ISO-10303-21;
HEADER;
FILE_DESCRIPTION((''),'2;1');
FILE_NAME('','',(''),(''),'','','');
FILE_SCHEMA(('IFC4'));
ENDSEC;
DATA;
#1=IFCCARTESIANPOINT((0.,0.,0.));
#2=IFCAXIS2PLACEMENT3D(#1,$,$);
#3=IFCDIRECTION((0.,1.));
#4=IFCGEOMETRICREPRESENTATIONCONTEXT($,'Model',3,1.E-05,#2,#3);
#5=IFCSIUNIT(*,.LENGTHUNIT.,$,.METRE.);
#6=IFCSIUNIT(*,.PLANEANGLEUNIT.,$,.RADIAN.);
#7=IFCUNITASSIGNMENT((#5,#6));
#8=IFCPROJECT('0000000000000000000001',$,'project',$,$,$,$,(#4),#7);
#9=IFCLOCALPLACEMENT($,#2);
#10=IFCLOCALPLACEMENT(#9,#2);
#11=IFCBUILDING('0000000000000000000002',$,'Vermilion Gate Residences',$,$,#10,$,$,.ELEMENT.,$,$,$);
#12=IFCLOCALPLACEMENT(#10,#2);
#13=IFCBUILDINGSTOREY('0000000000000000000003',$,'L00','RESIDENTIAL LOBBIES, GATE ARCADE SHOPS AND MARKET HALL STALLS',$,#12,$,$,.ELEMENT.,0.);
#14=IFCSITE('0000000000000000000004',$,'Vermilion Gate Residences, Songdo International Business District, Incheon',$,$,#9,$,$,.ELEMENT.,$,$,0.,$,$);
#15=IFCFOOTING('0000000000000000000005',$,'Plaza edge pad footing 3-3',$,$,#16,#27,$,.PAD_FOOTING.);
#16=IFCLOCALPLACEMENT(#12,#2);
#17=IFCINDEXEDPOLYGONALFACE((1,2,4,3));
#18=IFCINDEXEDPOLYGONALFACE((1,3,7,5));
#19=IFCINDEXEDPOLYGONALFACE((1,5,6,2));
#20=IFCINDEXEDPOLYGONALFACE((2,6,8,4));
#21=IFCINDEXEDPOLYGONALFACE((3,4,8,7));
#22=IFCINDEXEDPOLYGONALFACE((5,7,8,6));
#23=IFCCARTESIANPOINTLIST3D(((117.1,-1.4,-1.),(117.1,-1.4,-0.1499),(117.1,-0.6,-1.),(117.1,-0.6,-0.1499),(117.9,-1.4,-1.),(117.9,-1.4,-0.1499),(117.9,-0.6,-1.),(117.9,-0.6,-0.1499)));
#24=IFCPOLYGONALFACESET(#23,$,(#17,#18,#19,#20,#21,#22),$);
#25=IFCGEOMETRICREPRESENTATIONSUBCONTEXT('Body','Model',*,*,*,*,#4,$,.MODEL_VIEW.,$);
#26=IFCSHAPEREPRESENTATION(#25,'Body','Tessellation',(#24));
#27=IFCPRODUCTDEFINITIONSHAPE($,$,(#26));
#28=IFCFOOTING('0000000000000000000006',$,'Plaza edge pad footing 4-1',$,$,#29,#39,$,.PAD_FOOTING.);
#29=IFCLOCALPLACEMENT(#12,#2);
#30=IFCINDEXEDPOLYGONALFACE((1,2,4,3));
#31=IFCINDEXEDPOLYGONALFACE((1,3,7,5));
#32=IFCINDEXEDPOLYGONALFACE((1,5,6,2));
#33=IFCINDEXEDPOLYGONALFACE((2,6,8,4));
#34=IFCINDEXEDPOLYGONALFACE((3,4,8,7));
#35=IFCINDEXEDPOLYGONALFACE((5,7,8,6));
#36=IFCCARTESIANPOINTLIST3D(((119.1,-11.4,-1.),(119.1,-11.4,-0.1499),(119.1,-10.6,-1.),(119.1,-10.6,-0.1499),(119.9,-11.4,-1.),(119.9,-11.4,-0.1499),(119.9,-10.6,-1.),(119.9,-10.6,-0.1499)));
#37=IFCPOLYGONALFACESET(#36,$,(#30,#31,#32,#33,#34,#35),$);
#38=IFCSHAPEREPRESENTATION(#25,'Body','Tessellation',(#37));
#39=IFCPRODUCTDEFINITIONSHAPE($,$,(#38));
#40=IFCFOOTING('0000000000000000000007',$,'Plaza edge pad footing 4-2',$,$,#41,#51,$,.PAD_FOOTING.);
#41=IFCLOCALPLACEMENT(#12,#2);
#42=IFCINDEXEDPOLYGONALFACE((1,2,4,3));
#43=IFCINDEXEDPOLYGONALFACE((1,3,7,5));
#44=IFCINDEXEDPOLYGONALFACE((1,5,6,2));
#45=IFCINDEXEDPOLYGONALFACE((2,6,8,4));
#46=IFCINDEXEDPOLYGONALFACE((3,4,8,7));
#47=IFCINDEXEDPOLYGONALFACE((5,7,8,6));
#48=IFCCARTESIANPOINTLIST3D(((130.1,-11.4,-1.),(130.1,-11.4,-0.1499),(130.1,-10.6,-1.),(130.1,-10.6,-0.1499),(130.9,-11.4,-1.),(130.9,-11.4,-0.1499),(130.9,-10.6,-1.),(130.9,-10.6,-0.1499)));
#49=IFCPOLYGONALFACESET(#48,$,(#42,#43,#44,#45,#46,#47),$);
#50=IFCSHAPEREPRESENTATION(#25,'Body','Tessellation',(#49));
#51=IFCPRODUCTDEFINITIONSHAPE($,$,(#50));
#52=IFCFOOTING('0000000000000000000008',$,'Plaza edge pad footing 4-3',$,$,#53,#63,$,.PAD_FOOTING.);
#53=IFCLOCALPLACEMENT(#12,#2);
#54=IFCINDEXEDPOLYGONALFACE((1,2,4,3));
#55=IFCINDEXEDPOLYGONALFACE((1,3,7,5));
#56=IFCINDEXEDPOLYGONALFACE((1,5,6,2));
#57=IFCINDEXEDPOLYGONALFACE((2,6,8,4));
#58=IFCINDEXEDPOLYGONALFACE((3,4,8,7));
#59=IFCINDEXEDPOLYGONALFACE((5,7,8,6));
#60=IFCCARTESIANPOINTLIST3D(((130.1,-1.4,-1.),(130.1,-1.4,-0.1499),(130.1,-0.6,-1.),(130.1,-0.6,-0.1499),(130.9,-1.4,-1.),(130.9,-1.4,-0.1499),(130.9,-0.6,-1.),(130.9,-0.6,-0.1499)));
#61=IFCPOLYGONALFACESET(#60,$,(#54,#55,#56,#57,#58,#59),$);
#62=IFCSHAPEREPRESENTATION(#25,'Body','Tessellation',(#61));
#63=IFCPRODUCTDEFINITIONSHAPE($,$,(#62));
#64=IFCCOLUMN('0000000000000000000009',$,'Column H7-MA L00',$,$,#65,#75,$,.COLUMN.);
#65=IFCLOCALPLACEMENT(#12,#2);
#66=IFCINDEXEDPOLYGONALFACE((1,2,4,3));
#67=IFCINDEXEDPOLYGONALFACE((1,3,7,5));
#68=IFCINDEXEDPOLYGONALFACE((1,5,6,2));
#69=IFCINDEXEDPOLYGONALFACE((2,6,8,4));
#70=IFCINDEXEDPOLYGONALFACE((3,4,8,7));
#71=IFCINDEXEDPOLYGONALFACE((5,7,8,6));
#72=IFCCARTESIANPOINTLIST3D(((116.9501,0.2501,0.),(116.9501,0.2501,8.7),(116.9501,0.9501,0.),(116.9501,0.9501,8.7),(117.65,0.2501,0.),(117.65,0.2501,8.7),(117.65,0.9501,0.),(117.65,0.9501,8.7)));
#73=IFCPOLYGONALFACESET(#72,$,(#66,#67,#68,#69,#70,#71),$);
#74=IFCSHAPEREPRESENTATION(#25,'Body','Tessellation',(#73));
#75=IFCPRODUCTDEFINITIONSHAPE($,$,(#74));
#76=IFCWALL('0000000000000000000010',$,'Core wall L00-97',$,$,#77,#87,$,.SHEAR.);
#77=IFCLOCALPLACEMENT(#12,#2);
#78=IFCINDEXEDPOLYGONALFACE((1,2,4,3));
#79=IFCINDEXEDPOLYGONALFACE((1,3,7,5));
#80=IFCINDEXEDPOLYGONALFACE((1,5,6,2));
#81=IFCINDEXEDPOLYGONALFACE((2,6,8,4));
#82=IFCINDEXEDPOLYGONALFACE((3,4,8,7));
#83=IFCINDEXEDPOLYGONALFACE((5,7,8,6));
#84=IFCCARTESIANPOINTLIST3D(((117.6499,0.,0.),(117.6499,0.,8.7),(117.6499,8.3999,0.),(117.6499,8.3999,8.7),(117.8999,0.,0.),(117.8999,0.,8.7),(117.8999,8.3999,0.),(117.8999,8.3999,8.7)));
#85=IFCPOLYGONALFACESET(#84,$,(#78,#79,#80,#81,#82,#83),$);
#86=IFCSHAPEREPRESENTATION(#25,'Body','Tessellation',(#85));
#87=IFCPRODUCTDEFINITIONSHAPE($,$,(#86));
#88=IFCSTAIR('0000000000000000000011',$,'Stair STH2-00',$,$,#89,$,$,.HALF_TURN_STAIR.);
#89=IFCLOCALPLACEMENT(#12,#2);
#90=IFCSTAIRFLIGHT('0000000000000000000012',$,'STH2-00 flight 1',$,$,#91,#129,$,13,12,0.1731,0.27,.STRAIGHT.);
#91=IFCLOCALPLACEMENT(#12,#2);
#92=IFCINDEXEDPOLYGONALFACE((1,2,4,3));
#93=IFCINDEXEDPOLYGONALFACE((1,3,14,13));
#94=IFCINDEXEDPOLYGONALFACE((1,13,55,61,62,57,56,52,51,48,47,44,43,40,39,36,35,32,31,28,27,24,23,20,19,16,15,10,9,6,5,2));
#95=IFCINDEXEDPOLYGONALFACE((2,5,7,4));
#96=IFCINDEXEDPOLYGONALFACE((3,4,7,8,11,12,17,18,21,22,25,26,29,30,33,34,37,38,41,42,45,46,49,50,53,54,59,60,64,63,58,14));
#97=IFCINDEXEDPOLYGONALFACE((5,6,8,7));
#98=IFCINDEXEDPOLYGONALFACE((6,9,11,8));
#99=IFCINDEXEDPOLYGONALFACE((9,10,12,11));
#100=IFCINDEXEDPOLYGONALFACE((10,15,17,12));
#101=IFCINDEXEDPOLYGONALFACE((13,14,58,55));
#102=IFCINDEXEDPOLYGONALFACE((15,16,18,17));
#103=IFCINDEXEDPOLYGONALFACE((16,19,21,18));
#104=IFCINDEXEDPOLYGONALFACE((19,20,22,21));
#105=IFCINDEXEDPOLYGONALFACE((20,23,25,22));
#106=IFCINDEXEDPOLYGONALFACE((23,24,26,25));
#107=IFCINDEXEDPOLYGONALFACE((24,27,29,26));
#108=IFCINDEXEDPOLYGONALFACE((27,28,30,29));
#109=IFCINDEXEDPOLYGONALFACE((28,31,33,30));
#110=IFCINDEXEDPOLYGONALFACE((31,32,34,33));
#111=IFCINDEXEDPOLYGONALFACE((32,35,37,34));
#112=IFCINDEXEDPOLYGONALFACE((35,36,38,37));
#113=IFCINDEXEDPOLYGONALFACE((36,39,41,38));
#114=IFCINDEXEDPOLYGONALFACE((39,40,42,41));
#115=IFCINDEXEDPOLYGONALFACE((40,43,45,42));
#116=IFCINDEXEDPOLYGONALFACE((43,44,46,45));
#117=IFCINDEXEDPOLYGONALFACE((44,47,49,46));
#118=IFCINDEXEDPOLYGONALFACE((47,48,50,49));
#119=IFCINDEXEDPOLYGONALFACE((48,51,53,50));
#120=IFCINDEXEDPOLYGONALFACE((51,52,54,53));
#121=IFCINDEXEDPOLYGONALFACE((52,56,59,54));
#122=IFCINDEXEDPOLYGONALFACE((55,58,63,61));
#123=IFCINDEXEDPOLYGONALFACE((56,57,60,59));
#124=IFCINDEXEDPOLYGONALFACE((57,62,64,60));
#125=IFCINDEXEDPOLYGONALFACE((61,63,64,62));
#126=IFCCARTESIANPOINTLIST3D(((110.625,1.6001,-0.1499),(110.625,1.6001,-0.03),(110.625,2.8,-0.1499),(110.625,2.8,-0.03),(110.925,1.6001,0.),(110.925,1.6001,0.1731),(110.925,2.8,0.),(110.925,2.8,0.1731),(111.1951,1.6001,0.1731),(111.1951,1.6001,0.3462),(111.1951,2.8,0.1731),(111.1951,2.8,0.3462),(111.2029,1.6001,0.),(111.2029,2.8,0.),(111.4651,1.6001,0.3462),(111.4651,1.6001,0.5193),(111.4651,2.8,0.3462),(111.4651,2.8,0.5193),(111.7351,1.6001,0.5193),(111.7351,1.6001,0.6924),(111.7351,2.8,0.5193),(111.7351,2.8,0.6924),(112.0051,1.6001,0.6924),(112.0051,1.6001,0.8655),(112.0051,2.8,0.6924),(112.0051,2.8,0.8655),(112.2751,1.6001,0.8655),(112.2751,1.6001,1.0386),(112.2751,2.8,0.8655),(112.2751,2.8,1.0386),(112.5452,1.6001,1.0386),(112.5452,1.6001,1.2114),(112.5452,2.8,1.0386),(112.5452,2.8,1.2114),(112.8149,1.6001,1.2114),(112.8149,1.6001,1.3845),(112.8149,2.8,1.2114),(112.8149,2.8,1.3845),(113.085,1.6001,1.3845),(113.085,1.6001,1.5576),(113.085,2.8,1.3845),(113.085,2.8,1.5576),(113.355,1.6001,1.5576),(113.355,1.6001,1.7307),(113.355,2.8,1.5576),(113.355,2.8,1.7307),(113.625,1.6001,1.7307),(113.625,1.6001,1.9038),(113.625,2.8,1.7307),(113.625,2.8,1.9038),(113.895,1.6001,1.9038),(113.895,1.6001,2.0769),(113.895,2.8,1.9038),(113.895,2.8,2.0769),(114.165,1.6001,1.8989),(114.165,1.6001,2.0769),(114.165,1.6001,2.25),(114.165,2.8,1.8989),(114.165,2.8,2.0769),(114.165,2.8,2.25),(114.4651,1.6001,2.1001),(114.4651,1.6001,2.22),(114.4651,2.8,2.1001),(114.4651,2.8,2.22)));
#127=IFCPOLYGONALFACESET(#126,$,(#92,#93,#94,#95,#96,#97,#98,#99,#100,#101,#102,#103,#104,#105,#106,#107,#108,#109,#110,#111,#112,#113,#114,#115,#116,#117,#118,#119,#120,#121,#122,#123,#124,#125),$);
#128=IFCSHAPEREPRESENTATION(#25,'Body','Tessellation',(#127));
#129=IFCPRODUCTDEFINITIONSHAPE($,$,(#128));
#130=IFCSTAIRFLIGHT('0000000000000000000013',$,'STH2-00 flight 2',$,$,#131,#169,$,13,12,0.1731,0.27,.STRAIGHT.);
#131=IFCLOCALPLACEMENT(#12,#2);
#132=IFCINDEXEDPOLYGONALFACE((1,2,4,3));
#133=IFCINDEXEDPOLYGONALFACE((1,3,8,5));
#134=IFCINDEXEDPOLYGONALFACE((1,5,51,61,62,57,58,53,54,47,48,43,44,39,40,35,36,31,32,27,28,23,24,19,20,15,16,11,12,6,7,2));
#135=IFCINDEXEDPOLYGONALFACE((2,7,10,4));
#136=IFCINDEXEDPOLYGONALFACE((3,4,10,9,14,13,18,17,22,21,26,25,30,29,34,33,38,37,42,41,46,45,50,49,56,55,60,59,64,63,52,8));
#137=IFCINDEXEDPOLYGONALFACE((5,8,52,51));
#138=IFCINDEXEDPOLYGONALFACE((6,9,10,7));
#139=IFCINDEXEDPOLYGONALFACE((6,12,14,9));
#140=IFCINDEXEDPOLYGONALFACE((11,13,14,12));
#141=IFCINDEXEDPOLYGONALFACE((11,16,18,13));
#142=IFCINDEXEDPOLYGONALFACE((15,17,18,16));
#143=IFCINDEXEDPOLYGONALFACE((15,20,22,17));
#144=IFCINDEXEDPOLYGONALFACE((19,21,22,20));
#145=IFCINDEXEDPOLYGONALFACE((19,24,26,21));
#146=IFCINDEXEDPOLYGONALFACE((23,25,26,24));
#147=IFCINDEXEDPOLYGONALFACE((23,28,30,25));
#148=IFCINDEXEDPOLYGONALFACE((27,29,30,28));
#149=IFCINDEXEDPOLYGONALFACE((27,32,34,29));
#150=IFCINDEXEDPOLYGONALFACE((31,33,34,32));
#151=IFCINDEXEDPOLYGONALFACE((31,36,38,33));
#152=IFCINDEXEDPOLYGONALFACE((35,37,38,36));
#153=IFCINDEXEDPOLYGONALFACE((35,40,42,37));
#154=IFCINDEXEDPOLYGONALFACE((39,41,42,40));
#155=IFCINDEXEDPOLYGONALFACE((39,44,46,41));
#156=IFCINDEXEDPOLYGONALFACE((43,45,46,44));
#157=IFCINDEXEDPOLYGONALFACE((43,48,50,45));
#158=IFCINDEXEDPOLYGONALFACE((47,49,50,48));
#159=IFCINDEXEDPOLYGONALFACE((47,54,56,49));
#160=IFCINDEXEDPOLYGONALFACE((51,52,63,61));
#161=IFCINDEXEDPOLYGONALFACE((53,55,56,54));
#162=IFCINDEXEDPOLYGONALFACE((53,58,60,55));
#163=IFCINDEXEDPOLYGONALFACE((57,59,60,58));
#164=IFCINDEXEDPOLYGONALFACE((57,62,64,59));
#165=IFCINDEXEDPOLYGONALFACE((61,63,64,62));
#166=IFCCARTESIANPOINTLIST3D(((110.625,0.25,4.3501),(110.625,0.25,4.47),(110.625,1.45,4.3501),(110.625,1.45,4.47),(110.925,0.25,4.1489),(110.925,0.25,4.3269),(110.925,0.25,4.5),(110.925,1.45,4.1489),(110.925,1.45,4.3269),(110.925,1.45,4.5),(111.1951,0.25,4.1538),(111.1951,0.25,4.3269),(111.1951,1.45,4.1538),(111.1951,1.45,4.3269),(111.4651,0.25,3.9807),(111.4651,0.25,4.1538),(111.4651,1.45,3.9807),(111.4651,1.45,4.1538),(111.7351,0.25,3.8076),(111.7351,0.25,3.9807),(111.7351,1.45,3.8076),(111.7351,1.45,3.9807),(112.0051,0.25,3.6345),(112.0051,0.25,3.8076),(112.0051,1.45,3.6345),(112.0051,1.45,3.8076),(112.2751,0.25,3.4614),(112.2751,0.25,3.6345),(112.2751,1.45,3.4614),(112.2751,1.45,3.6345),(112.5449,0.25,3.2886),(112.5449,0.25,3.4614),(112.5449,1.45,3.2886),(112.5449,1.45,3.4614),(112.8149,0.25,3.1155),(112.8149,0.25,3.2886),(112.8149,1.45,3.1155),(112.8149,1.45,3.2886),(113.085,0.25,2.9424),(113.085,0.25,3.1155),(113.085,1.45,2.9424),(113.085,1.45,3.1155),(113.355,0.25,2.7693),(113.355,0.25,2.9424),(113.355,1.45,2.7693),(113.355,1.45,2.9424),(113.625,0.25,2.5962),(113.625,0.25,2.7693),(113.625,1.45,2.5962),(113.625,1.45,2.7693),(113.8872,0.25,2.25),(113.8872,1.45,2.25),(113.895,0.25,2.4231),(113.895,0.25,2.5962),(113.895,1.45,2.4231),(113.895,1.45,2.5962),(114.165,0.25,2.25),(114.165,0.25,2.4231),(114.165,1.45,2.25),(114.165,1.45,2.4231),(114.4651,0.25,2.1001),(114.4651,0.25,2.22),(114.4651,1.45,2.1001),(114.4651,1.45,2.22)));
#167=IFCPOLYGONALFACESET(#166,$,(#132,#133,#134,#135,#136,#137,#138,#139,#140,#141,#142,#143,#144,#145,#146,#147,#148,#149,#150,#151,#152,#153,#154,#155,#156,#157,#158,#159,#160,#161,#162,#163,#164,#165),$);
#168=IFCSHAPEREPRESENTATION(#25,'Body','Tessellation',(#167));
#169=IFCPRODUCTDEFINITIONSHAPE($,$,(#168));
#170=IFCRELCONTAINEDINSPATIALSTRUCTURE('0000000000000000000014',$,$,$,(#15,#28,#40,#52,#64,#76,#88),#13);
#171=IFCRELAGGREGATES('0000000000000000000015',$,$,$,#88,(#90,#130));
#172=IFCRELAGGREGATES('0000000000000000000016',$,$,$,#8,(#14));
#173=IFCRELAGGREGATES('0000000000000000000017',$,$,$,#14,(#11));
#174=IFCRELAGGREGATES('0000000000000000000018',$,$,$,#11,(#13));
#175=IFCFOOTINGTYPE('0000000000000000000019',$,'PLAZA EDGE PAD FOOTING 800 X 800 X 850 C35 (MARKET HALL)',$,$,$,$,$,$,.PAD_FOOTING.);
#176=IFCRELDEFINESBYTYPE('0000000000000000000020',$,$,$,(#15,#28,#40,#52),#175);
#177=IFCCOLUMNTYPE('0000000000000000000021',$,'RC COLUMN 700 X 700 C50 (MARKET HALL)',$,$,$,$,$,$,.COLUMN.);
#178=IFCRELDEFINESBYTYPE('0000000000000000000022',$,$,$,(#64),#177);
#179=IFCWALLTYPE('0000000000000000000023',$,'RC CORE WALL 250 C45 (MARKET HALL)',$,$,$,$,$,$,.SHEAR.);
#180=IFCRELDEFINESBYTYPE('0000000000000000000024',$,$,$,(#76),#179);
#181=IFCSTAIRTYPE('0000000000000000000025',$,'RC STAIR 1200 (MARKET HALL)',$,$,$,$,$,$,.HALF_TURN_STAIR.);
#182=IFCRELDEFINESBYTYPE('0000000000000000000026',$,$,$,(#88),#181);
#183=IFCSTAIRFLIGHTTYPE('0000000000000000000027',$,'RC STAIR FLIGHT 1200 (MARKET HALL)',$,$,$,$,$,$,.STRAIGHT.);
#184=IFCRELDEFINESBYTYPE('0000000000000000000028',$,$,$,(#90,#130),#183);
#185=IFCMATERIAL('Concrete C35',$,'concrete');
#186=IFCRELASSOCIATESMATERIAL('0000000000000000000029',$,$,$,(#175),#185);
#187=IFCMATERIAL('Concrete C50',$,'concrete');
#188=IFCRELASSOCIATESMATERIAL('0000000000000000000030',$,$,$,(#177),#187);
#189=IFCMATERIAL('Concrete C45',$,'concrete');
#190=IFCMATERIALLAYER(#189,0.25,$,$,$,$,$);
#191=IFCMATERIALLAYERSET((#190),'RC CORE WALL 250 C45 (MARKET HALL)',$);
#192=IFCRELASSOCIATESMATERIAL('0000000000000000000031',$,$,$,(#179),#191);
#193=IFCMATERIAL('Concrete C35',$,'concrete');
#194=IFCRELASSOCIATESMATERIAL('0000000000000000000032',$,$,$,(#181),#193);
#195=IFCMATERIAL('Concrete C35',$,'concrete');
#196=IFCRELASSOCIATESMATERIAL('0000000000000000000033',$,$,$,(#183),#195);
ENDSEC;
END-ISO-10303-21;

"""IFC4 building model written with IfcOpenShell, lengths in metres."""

from ifc_helpers import new_model, si_unit, direction, frame, frame_2d, origin, origin_2d, place, context, subcontext, project, spatial, polyline, rectangle, outline, extrude, material, layer, layer_set, material_profile, profile_set, type_object, element, aggregate, save


model = new_model("IFC4")

# Units and contexts
model_context = context("Model", 3, precision=1e-05, world=origin(), true_north=direction((0.0, 1.0)))
body_context = subcontext(model_context, "Body", "Model", "MODEL_VIEW")
ifc_project = project(units=[si_unit("LENGTHUNIT", "METRE"), si_unit("PLANEANGLEUNIT", "RADIAN")], contexts=[model_context])

# Site, building, storey
site_placement = place(None, origin())
site = spatial("IfcSite", under=ifc_project, at=site_placement, Name="Vermilion Gate Residences, Songdo International Business District, Incheon", CompositionType="ELEMENT", RefElevation=0.0)
building_placement = place(site_placement, origin())
building = spatial("IfcBuilding", under=site, at=building_placement, Name="Vermilion Gate Residences", CompositionType="ELEMENT")
storey_placement = place(building_placement, origin())
storey = spatial("IfcBuildingStorey", under=building, at=storey_placement, Name="L00", Description="RESIDENTIAL LOBBIES, GATE ARCADE SHOPS AND MARKET HALL STALLS", CompositionType="ELEMENT", Elevation=0.0)

# Footings
ifc_material_1 = material(Name="Concrete C35", Category="concrete")
footing_type = type_object("IfcFootingType", Name="PLAZA EDGE PAD FOOTING 800 X 800 X 850 C35 (MARKET HALL)", PredefinedType="PAD_FOOTING", material=ifc_material_1)
for number, where, z_axis, x_axis, name in (
    (1, (117.5, -1.0, -1.0), (0.0, 0.0, 1.0), (1.0, 0.0, 0.0), "Plaza edge pad footing 3-3"),
    (2, (119.5, -11.0, -1.0), (0.0, 0.0, 1.0), (1.0, 0.0, 0.0), "Plaza edge pad footing 4-1"),
    (3, (130.5, -11.0, -1.0), (0.0, 0.0, 1.0), (1.0, 0.0, 0.0), "Plaza edge pad footing 4-2"),
    (4, (130.5, -1.0, -1.0), (0.0, 0.0, 1.0), (1.0, 0.0, 0.0), "Plaza edge pad footing 4-3"),
):
    element("IfcFooting", number, at=place(storey_placement, frame(where, z_axis=z_axis, x_axis=x_axis)), inside=storey, type_object=footing_type, Name=name, PredefinedType="PAD_FOOTING", context=body_context, shape_type="SweptSolid", body=[
        extrude(rectangle(XDim=0.8, YDim=0.8, at=origin_2d()), origin(), (0.0, 0.0, 1.0), 0.8501),
    ])

# Column
ifc_material_2 = material(Name="Concrete C50", Category="concrete")
ifc_material_profile_1 = material_profile(ifc_material_2, rectangle(XDim=0.7, YDim=0.7, at=origin_2d()), Name="RC COLUMN 700 X 700 C50 (MARKET HALL)")
ifc_profile_set_1 = profile_set([ifc_material_profile_1], Name="Concrete C50")
column_type = type_object("IfcColumnType", Name="RC COLUMN 700 X 700 C50 (MARKET HALL)", PredefinedType="COLUMN", material=ifc_profile_set_1)
column_placement = place(storey_placement, frame((117.3, 0.6001, 0.0), z_axis=(0.0, 0.0, 1.0), x_axis=(1.0, 0.0, 0.0)))
element("IfcColumn", 5, at=column_placement, inside=storey, type_object=column_type, Name="Column H7-MA L00", PredefinedType="COLUMN", context=body_context, shape_type="SweptSolid", body=[
    extrude(rectangle(XDim=0.7, YDim=0.7, at=origin_2d()), origin(), (0.0, 0.0, 1.0), 8.7),
])

# Wall
ifc_material_3 = material(Name="Concrete C45", Category="concrete")
ifc_layer = layer(ifc_material_3, 0.25)
ifc_layer_set = layer_set([ifc_layer], Name="RC CORE WALL 250 C45 (MARKET HALL)")
wall_type = type_object("IfcWallType", Name="RC CORE WALL 250 C45 (MARKET HALL)", PredefinedType="SHEAR", material=ifc_layer_set)
wall_placement = place(storey_placement, frame((117.7749, 0.0, 0.0), z_axis=(0.0, 0.0, 1.0), x_axis=(0.0, 1.0, 0.0)))
element("IfcWall", 6, at=wall_placement, inside=storey, type_object=wall_type, Name="Core wall L00-97", PredefinedType="SHEAR", context=body_context, shape_type="SweptSolid", body=[
    extrude(rectangle(XDim=8.3999, YDim=0.25, at=frame_2d((4.2, 0.0))), origin(), (0.0, 0.0, 1.0), 8.7),
])

# Stair, stair flights
ifc_material_4 = material(Name="Concrete C35", Category="concrete")
stair_type = type_object("IfcStairType", Name="RC STAIR 1200 (MARKET HALL)", PredefinedType="HALF_TURN_STAIR", material=ifc_material_4)
stair_placement = place(storey_placement, origin())
stair = element("IfcStair", 7, at=stair_placement, inside=storey, type_object=stair_type, Name="Stair STH2-00", PredefinedType="HALF_TURN_STAIR")
ifc_material_5 = material(Name="Concrete C35", Category="concrete")
stair_flight_type = type_object("IfcStairFlightType", Name="RC STAIR FLIGHT 1200 (MARKET HALL)", PredefinedType="STRAIGHT", material=ifc_material_5)
stair_flight_1_placement = place(storey_placement, frame((110.925, 2.2, 0.0), z_axis=(0.0, 0.0, 1.0), x_axis=(1.0, 0.0, 0.0)))
stair_flight_1 = element("IfcStairFlight", 8, at=stair_flight_1_placement, type_object=stair_flight_type, Name="STH2-00 flight 1", NumberOfRisers=13, NumberOfTreads=12, PredefinedType="STRAIGHT", RiserHeight=0.1731, TreadLength=0.27, context=body_context, shape_type="SweptSolid", body=[
    extrude(outline(polyline([(-0.3, -0.1499), (-0.3, -0.03), (0.0, 0.0), (0.0, 0.1731), (0.27, 0.1731), (0.27, 0.3462), (0.54, 0.3462), (0.54, 0.5193), (0.8101, 0.5193), (0.8101, 0.6924), (1.0801, 0.6924), (1.0801, 0.8655), (1.3501, 0.8655), (1.3501, 1.0386), (1.6201, 1.0386), (1.6201, 1.2114), (1.8899, 1.2114), (1.8899, 1.3845), (2.1599, 1.3845), (2.1599, 1.5576), (2.4299, 1.5576), (2.4299, 1.7307), (2.7, 1.7307), (2.7, 1.9038), (2.97, 1.9038), (2.97, 2.0769), (3.24, 2.0769), (3.24, 2.25), (3.54, 2.22), (3.54, 2.1001), (3.24, 1.8989), (0.2778, 0.0), (-0.3, -0.1499)])), frame((0.0, 0.6001, 0.0), z_axis=(0.0, -1.0, 0.0), x_axis=(1.0, 0.0, 0.0)), (0.0, 0.0, 1.0), 1.2),
])
stair_flight_2_placement = place(storey_placement, frame((114.165, 0.8501, 2.25), z_axis=(0.0, 0.0, 1.0), x_axis=(-1.0, 0.0, 0.0)))
stair_flight_2 = element("IfcStairFlight", 9, at=stair_flight_2_placement, type_object=stair_flight_type, Name="STH2-00 flight 2", NumberOfRisers=13, NumberOfTreads=12, PredefinedType="STRAIGHT", RiserHeight=0.1731, TreadLength=0.27, context=body_context, shape_type="SweptSolid", body=[
    extrude(outline(polyline([(-0.3, -0.1499), (-0.3, -0.03), (0.0, 0.0), (0.0, 0.1731), (0.27, 0.1731), (0.27, 0.3462), (0.54, 0.3462), (0.54, 0.5193), (0.8101, 0.5193), (0.8101, 0.6924), (1.0801, 0.6924), (1.0801, 0.8655), (1.3501, 0.8655), (1.3501, 1.0386), (1.6201, 1.0386), (1.6201, 1.2114), (1.8899, 1.2114), (1.8899, 1.3845), (2.1599, 1.3845), (2.1599, 1.5576), (2.4299, 1.5576), (2.4299, 1.7307), (2.7, 1.7307), (2.7, 1.9038), (2.97, 1.9038), (2.97, 2.0769), (3.24, 2.0769), (3.24, 2.25), (3.54, 2.22), (3.54, 2.1001), (3.24, 1.8989), (0.2778, 0.0), (-0.3, -0.1499)])), frame((0.0, 0.6001, 0.0), z_axis=(0.0, -1.0, 0.0), x_axis=(1.0, 0.0, 0.0)), (0.0, 0.0, 1.0), 1.2),
])
aggregate(stair, [stair_flight_1, stair_flight_2])

save(model, "model.ifc")
